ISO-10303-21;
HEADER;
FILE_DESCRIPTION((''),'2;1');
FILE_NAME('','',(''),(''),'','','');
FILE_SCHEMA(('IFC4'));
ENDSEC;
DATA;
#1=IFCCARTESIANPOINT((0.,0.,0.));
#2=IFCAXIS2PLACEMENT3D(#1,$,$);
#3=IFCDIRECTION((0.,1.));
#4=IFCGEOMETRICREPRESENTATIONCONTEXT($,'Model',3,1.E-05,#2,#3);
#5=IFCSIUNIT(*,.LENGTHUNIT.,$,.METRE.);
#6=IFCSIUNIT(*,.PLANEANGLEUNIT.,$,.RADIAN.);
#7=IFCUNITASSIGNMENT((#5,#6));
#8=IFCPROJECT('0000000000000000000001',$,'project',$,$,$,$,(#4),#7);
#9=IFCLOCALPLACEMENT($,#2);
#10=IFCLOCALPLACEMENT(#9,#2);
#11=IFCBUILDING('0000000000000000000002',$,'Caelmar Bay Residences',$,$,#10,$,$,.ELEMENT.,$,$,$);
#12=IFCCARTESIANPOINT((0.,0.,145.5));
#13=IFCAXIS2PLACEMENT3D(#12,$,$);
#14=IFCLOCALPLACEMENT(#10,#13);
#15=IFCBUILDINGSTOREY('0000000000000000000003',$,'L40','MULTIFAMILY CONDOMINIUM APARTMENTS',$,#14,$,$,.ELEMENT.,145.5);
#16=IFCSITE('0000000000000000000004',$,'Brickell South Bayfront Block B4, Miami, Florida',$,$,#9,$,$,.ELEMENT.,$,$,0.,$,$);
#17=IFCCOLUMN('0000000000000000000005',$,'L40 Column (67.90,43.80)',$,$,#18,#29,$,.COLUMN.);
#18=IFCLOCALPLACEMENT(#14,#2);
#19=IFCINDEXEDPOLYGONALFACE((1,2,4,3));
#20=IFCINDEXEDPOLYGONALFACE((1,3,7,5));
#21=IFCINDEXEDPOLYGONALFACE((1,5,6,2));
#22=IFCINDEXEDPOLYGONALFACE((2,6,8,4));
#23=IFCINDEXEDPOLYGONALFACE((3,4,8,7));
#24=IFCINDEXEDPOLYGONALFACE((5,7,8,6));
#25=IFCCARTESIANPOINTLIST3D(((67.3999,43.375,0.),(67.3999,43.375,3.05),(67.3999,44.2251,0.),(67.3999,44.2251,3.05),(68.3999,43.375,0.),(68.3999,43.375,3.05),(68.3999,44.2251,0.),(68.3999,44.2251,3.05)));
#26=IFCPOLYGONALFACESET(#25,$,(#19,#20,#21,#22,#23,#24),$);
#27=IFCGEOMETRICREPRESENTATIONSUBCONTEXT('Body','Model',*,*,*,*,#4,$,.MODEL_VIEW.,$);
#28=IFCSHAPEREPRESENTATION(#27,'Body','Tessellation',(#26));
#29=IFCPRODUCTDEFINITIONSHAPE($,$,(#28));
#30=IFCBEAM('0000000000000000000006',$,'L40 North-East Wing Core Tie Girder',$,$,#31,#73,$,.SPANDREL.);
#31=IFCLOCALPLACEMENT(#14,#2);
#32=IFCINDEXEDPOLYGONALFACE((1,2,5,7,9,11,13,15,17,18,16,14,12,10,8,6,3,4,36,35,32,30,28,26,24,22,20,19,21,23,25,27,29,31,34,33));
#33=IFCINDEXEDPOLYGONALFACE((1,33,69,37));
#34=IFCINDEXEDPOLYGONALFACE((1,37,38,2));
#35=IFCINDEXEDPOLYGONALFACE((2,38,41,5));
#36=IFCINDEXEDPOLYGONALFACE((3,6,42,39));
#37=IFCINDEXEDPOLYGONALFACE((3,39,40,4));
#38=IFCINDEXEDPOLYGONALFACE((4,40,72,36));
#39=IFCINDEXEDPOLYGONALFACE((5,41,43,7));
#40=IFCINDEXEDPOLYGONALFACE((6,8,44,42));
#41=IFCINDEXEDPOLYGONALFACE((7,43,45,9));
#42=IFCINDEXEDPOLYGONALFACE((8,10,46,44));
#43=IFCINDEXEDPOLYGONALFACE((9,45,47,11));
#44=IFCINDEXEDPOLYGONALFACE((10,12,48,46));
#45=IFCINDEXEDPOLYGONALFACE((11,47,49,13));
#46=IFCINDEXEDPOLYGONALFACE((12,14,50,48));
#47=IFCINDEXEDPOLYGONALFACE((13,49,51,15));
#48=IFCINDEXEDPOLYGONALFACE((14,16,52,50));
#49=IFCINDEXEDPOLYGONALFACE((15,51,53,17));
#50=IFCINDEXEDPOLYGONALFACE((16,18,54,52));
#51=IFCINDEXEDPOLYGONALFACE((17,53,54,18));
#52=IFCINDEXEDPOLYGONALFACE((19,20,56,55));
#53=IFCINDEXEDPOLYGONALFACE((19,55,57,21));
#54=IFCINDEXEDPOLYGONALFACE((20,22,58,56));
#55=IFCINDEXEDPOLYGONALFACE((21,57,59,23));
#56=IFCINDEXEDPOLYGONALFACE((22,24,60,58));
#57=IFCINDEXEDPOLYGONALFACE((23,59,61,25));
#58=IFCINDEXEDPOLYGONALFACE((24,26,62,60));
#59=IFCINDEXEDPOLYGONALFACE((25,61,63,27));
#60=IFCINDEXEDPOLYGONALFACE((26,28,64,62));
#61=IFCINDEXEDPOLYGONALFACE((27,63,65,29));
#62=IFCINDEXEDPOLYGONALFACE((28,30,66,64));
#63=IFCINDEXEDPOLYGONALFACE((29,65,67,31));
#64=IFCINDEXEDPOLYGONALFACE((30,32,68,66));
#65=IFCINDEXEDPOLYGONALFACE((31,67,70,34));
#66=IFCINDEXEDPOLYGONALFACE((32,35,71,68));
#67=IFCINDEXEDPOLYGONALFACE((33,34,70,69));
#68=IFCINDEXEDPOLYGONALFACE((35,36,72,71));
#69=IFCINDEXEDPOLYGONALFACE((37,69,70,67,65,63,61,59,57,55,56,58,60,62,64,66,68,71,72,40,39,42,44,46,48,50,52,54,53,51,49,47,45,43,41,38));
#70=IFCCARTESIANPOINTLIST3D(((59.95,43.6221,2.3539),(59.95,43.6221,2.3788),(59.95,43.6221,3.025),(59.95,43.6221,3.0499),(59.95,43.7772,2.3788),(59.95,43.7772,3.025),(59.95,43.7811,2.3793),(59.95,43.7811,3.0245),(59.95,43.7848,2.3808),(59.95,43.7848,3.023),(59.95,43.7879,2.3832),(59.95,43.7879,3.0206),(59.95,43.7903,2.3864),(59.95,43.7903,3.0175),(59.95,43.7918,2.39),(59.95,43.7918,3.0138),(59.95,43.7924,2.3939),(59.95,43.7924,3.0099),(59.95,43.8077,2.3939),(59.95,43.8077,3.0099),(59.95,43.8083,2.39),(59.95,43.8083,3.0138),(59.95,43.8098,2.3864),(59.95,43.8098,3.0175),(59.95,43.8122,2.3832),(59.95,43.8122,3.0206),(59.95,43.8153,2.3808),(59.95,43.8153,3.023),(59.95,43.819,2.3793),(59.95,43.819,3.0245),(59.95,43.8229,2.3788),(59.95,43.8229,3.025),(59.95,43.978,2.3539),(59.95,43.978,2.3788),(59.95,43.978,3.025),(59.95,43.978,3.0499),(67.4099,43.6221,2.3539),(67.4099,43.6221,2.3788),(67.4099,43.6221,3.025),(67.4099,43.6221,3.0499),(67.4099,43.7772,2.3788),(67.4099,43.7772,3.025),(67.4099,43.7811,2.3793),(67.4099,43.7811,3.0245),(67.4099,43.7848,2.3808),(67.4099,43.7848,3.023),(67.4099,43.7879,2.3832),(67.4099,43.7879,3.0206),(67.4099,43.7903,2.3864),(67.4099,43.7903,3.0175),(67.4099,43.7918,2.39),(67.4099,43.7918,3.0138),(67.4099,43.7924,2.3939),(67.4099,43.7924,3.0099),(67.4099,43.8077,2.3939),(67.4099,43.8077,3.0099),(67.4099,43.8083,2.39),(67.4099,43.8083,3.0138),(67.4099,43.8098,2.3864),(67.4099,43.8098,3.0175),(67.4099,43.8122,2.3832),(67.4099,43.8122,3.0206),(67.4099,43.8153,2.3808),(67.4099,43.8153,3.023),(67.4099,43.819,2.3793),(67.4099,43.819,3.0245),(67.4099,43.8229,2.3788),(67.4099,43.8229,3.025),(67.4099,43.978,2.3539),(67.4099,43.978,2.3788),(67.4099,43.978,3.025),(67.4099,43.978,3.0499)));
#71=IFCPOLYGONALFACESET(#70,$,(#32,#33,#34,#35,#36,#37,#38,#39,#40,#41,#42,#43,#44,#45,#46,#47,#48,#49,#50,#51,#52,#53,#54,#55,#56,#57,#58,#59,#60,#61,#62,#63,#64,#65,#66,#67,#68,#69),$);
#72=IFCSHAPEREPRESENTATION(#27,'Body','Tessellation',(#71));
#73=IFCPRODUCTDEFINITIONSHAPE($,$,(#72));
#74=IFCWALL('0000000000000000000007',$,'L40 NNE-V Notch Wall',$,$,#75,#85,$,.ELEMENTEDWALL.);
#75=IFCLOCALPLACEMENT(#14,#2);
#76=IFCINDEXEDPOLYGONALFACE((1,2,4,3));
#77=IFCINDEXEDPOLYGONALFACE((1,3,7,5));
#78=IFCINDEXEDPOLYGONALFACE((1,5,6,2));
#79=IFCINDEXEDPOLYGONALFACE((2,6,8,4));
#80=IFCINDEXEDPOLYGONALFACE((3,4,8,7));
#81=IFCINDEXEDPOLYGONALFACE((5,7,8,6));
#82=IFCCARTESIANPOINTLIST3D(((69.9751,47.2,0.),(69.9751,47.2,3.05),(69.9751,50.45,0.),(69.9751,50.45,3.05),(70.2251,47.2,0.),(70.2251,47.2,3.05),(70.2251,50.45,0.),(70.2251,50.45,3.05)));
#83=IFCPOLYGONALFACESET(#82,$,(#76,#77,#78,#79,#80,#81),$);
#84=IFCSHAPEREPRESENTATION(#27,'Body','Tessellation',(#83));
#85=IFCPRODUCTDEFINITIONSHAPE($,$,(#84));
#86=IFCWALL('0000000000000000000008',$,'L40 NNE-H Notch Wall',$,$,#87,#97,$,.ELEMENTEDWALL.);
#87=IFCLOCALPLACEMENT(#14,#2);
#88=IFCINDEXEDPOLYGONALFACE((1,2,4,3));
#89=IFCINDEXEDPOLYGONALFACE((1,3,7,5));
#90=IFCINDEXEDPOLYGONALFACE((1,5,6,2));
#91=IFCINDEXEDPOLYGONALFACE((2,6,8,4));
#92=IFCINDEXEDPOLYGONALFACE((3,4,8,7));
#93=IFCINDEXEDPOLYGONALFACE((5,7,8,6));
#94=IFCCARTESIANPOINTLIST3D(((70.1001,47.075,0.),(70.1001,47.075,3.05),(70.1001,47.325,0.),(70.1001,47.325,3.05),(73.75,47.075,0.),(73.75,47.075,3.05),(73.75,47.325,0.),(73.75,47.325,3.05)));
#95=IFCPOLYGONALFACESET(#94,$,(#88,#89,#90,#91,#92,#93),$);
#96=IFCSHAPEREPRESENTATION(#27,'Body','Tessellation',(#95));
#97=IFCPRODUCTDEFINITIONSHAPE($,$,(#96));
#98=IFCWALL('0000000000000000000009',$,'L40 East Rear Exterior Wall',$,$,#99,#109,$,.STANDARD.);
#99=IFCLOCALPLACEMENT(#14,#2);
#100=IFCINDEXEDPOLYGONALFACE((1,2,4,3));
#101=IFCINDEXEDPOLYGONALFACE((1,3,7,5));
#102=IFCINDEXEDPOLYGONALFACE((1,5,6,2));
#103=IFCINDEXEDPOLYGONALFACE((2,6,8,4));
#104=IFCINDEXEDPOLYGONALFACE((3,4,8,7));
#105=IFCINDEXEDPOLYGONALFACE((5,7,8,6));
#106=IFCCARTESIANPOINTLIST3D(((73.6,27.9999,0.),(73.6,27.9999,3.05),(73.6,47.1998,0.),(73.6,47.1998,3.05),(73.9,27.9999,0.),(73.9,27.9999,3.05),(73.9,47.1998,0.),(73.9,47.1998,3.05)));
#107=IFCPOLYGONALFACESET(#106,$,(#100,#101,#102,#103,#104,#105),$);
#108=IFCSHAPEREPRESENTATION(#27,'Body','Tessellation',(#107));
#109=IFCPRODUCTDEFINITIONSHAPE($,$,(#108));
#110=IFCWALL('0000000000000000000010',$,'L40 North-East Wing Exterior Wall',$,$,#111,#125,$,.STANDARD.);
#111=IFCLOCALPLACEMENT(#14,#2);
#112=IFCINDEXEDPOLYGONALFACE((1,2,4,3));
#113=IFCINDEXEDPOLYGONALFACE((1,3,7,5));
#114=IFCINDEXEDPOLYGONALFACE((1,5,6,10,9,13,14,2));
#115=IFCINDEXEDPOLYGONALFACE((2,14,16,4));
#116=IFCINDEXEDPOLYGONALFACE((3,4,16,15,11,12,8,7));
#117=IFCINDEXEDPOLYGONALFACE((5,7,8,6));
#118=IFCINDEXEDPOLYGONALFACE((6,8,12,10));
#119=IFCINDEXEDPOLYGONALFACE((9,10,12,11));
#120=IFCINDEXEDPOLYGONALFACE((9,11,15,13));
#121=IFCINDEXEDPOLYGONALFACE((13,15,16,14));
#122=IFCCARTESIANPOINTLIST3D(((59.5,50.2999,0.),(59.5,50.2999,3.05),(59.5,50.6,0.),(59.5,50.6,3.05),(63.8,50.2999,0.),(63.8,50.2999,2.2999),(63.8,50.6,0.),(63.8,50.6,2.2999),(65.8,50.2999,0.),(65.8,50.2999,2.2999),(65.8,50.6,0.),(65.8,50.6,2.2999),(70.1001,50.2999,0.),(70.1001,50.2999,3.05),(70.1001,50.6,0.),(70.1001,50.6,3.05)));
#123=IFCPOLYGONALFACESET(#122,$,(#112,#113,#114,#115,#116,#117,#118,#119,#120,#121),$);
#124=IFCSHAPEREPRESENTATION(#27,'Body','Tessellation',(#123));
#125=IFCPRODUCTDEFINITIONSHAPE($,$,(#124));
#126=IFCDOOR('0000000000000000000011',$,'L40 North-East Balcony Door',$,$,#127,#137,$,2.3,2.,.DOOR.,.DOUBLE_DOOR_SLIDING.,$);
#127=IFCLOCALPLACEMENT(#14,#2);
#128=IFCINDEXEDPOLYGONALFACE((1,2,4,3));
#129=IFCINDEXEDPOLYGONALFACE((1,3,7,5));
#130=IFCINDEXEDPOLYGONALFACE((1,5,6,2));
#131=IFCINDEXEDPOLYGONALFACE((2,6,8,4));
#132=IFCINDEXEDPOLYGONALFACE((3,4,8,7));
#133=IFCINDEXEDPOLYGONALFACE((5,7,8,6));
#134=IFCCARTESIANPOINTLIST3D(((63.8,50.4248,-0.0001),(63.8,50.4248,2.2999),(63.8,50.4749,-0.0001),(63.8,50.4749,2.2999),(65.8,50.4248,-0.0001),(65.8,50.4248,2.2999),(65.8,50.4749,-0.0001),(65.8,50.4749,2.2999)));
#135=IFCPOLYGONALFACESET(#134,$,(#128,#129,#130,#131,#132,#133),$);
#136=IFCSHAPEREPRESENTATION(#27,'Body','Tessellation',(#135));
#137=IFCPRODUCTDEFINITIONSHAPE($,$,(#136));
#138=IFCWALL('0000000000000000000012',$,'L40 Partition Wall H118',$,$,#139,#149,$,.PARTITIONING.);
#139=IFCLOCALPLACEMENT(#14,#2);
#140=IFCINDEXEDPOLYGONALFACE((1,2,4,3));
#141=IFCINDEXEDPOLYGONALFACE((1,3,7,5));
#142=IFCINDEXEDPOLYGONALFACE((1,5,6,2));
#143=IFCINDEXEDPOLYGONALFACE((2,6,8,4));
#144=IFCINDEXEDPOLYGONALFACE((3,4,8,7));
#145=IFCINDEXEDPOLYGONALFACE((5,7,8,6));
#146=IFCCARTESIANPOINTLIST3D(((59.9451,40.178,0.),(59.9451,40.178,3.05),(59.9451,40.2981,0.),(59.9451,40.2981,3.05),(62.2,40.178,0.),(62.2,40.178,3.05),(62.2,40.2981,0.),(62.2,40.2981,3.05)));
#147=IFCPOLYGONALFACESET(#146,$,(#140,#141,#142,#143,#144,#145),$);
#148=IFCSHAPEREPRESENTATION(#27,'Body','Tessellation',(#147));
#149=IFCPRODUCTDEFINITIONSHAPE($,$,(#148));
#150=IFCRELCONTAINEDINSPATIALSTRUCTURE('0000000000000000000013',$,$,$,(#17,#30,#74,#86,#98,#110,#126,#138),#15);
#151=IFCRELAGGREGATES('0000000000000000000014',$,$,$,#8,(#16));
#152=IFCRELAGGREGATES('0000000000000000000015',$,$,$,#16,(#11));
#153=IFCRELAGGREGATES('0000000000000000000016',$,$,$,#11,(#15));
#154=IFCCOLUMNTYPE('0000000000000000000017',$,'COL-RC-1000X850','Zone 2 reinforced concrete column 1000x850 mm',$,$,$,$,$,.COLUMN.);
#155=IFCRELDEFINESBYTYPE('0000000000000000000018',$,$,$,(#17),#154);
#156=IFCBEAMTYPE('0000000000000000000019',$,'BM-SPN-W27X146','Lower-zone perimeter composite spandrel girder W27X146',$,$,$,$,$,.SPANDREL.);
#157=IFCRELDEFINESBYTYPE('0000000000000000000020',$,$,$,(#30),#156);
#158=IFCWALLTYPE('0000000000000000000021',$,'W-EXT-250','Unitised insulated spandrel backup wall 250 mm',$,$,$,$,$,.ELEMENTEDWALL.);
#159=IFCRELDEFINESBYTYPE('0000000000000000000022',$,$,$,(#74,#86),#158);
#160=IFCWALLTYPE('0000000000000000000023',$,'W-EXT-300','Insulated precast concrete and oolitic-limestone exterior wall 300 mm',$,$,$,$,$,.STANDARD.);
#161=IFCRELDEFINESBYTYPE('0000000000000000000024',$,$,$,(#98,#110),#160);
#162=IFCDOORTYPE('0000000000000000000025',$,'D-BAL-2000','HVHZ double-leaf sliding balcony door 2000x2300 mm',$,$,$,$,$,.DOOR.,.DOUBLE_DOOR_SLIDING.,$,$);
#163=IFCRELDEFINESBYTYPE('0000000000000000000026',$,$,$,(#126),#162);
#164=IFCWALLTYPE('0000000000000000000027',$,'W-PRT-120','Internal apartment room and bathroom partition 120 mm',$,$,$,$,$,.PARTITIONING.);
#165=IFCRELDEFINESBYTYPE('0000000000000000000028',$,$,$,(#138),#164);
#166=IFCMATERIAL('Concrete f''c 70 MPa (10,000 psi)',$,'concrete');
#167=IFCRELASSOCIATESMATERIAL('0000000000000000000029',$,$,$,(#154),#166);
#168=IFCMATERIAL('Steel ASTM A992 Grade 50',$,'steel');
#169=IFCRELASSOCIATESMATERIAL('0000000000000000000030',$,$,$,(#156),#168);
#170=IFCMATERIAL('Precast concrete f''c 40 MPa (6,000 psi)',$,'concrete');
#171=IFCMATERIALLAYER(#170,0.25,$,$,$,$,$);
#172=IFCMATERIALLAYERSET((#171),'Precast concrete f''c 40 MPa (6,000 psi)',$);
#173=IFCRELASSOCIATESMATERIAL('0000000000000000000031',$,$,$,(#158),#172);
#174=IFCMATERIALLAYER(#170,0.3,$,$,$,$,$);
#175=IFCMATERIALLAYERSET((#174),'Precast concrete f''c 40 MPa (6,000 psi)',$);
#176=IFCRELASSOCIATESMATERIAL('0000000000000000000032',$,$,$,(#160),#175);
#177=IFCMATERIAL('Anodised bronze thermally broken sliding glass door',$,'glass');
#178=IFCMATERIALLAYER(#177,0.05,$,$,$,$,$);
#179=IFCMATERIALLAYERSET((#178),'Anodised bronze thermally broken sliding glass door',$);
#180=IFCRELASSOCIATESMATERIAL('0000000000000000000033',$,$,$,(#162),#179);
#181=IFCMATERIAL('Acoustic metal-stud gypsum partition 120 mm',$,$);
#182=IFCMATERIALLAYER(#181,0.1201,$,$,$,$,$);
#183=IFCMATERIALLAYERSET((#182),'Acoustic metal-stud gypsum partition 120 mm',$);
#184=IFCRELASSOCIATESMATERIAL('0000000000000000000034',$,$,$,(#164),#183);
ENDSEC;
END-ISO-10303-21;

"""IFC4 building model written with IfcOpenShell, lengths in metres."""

from ifc_helpers import new_model, si_unit, direction, frame, frame_2d, origin, origin_2d, place, context, subcontext, project, spatial, rectangle, i_section, extrude, material, layer, layer_set, material_profile, profile_set, type_object, element, fill, save


model = new_model("IFC4")

# Units and contexts
model_context = context("Model", 3, precision=1e-05, world=origin(), true_north=direction((0.0, 1.0)))
body_context = subcontext(model_context, "Body", "Model", "MODEL_VIEW")
ifc_project = project(units=[si_unit("LENGTHUNIT", "METRE"), si_unit("PLANEANGLEUNIT", "RADIAN")], contexts=[model_context])

# Site, building, storey
site_placement = place(None, origin())
site = spatial("IfcSite", under=ifc_project, at=site_placement, Name="Brickell South Bayfront Block B4, Miami, Florida", CompositionType="ELEMENT", RefElevation=0.0)
building_placement = place(site_placement, origin())
building = spatial("IfcBuilding", under=site, at=building_placement, Name="Caelmar Bay Residences", CompositionType="ELEMENT")
storey_placement = place(building_placement, frame((0.0, 0.0, 145.5)))
storey = spatial("IfcBuildingStorey", under=building, at=storey_placement, Name="L40", Description="MULTIFAMILY CONDOMINIUM APARTMENTS", CompositionType="ELEMENT", Elevation=145.5)

# Column
ifc_material_1 = material(Name="Concrete f'c 70 MPa (10,000 psi)", Category="concrete")
ifc_material_profile_1 = material_profile(ifc_material_1, rectangle(XDim=1.0, YDim=0.8501, at=origin_2d()), Name="RC-COL-1000X850")
ifc_profile_set_1 = profile_set([ifc_material_profile_1], Name="Concrete f'c 70 MPa (10,000 psi)")
column_type = type_object("IfcColumnType", Name="COL-RC-1000X850", Description="Zone 2 reinforced concrete column 1000x850 mm", PredefinedType="COLUMN", material=ifc_profile_set_1)
column_placement = place(storey_placement, frame((67.8999, 43.8, 0.0), z_axis=(0.0, 0.0, 1.0), x_axis=(1.0, 0.0, 0.0)))
element("IfcColumn", 1, at=column_placement, inside=storey, type_object=column_type, Name="L40 Column (67.90,43.80)", PredefinedType="COLUMN", context=body_context, shape_type="SweptSolid", body=[
    extrude(rectangle(XDim=1.0, YDim=0.8501, at=origin_2d()), origin(), (0.0, 0.0, 1.0), 3.05),
])

# Beam
ifc_material_2 = material(Name="Steel ASTM A992 Grade 50", Category="steel")
ifc_material_profile_2 = material_profile(ifc_material_2, i_section(OverallWidth=0.356, OverallDepth=0.696, WebThickness=0.0154, FlangeThickness=0.0249, FilletRadius=0.0151, at=origin_2d()), Name="W27X146")
ifc_profile_set_2 = profile_set([ifc_material_profile_2], Name="Steel ASTM A992 Grade 50")
beam_type = type_object("IfcBeamType", Name="BM-SPN-W27X146", Description="Lower-zone perimeter composite spandrel girder W27X146", PredefinedType="SPANDREL", material=ifc_profile_set_2)
beam_placement = place(storey_placement, frame((59.95, 43.8, 2.7019), z_axis=(1.0, 0.0, 0.0), x_axis=(0.0, 1.0, 0.0)))
element("IfcBeam", 2, at=beam_placement, inside=storey, type_object=beam_type, Name="L40 North-East Wing Core Tie Girder", PredefinedType="SPANDREL", context=body_context, shape_type="SweptSolid", body=[
    extrude(i_section(OverallWidth=0.356, OverallDepth=0.696, WebThickness=0.0154, FlangeThickness=0.0249, FilletRadius=0.0151, at=origin_2d()), origin(), (0.0, 0.0, 1.0), 7.46),
])

# Walls
ifc_material_3 = material(Name="Precast concrete f'c 40 MPa (6,000 psi)", Category="concrete")
ifc_layer_1 = layer(ifc_material_3, 0.25)
ifc_layer_set_1 = layer_set([ifc_layer_1], Name="Precast concrete f'c 40 MPa (6,000 psi)")
wall_type_1 = type_object("IfcWallType", Name="W-EXT-250", Description="Unitised insulated spandrel backup wall 250 mm", PredefinedType="ELEMENTEDWALL", material=ifc_layer_set_1)
wall_1_placement = place(storey_placement, frame((70.1001, 50.45, 0.0), z_axis=(0.0, 0.0, 1.0), x_axis=(0.0, -1.0, 0.0)))
element("IfcWall", 3, at=wall_1_placement, inside=storey, type_object=wall_type_1, Name="L40 NNE-V Notch Wall", PredefinedType="ELEMENTEDWALL", context=body_context, shape_type="SweptSolid", body=[
    extrude(rectangle(XDim=3.25, YDim=0.25, at=frame_2d((1.625, 0.0))), origin(), (0.0, 0.0, 1.0), 3.05),
])
wall_2_placement = place(storey_placement, frame((70.1001, 47.2, 0.0), z_axis=(0.0, 0.0, 1.0), x_axis=(1.0, 0.0, 0.0)))
element("IfcWall", 4, at=wall_2_placement, inside=storey, type_object=wall_type_1, Name="L40 NNE-H Notch Wall", PredefinedType="ELEMENTEDWALL", context=body_context, shape_type="SweptSolid", body=[
    extrude(rectangle(XDim=3.6499, YDim=0.25, at=frame_2d((1.825, 0.0))), origin(), (0.0, 0.0, 1.0), 3.05),
])
ifc_layer_2 = layer(ifc_material_3, 0.3)
ifc_layer_set_2 = layer_set([ifc_layer_2], Name="Precast concrete f'c 40 MPa (6,000 psi)")
wall_type_2 = type_object("IfcWallType", Name="W-EXT-300", Description="Insulated precast concrete and oolitic-limestone exterior wall 300 mm", PredefinedType="STANDARD", material=ifc_layer_set_2)
wall_3_placement = place(storey_placement, frame((73.75, 47.2, 0.0), z_axis=(0.0, 0.0, 1.0), x_axis=(0.0, -1.0, 0.0)))
element("IfcWall", 5, at=wall_3_placement, inside=storey, type_object=wall_type_2, Name="L40 East Rear Exterior Wall", PredefinedType="STANDARD", context=body_context, shape_type="SweptSolid", body=[
    extrude(rectangle(XDim=19.2, YDim=0.3, at=frame_2d((9.6001, 0.0))), origin(), (0.0, 0.0, 1.0), 3.05),
])

# Wall, opening, door
wall_4_placement = place(storey_placement, frame((59.5, 50.45, 0.0), z_axis=(0.0, 0.0, 1.0), x_axis=(1.0, 0.0, 0.0)))
wall_4 = element("IfcWall", 6, at=wall_4_placement, inside=storey, type_object=wall_type_2, Name="L40 North-East Wing Exterior Wall", PredefinedType="STANDARD", context=body_context, shape_type="SweptSolid", body=[
    extrude(rectangle(XDim=10.6001, YDim=0.3, at=frame_2d((5.3, 0.0))), origin(), (0.0, 0.0, 1.0), 3.05),
])
opening_1_placement = place(wall_4_placement, frame((4.3, 0.0, 0.0)))
opening_1 = element("IfcOpeningElement", 7, at=opening_1_placement, cuts=wall_4, PredefinedType="OPENING", context=body_context, shape_type="SweptSolid", body=[
    extrude(rectangle(XDim=2.0, YDim=2.3, at=frame_2d((1.0, 1.1499))), frame((0.0, 0.1599, 0.0), z_axis=(0.0, -1.0, 0.0), x_axis=(1.0, 0.0, 0.0)), (0.0, 0.0, 1.0), 0.3201),
])
ifc_material_4 = material(Name="Anodised bronze thermally broken sliding glass door", Category="glass")
ifc_layer_3 = layer(ifc_material_4, 0.05)
ifc_layer_set_3 = layer_set([ifc_layer_3], Name="Anodised bronze thermally broken sliding glass door")
door_type_1 = type_object("IfcDoorType", Name="D-BAL-2000", Description="HVHZ double-leaf sliding balcony door 2000x2300 mm", OperationType="DOUBLE_DOOR_SLIDING", PredefinedType="DOOR", material=ifc_layer_set_3)
door_1_placement = place(opening_1_placement, origin())
door_1 = element("IfcDoor", 8, at=door_1_placement, inside=storey, type_object=door_type_1, Name="L40 North-East Balcony Door", OperationType="DOUBLE_DOOR_SLIDING", OverallHeight=2.3, OverallWidth=2.0, PredefinedType="DOOR", context=body_context, shape_type="SweptSolid", body=[
    extrude(rectangle(XDim=2.0, YDim=2.3, at=frame_2d((1.0, 1.1499))), frame((0.0, 0.0249, 0.0), z_axis=(0.0, -1.0, 0.0), x_axis=(1.0, 0.0, 0.0)), (0.0, 0.0, 1.0), 0.05),
])
fill(opening_1, door_1)
ifc_material_5 = material(Name="Acoustic metal-stud gypsum partition 120 mm")
ifc_layer_4 = layer(ifc_material_5, 0.1201)
ifc_layer_set_4 = layer_set([ifc_layer_4], Name="Acoustic metal-stud gypsum partition 120 mm")
wall_type_3 = type_object("IfcWallType", Name="W-PRT-120", Description="Internal apartment room and bathroom partition 120 mm", PredefinedType="PARTITIONING", material=ifc_layer_set_4)

# Wall
wall_5_placement = place(storey_placement, frame((59.9451, 40.238, 0.0), z_axis=(0.0, 0.0, 1.0), x_axis=(1.0, 0.0, 0.0)))
element("IfcWall", 9, at=wall_5_placement, inside=storey, type_object=wall_type_3, Name="L40 Partition Wall H118", PredefinedType="PARTITIONING", context=body_context, shape_type="SweptSolid", body=[
    extrude(rectangle(XDim=2.2549, YDim=0.1201, at=frame_2d((1.1274, 0.0))), origin(), (0.0, 0.0, 1.0), 3.05),
])

save(model, "model.ifc")
